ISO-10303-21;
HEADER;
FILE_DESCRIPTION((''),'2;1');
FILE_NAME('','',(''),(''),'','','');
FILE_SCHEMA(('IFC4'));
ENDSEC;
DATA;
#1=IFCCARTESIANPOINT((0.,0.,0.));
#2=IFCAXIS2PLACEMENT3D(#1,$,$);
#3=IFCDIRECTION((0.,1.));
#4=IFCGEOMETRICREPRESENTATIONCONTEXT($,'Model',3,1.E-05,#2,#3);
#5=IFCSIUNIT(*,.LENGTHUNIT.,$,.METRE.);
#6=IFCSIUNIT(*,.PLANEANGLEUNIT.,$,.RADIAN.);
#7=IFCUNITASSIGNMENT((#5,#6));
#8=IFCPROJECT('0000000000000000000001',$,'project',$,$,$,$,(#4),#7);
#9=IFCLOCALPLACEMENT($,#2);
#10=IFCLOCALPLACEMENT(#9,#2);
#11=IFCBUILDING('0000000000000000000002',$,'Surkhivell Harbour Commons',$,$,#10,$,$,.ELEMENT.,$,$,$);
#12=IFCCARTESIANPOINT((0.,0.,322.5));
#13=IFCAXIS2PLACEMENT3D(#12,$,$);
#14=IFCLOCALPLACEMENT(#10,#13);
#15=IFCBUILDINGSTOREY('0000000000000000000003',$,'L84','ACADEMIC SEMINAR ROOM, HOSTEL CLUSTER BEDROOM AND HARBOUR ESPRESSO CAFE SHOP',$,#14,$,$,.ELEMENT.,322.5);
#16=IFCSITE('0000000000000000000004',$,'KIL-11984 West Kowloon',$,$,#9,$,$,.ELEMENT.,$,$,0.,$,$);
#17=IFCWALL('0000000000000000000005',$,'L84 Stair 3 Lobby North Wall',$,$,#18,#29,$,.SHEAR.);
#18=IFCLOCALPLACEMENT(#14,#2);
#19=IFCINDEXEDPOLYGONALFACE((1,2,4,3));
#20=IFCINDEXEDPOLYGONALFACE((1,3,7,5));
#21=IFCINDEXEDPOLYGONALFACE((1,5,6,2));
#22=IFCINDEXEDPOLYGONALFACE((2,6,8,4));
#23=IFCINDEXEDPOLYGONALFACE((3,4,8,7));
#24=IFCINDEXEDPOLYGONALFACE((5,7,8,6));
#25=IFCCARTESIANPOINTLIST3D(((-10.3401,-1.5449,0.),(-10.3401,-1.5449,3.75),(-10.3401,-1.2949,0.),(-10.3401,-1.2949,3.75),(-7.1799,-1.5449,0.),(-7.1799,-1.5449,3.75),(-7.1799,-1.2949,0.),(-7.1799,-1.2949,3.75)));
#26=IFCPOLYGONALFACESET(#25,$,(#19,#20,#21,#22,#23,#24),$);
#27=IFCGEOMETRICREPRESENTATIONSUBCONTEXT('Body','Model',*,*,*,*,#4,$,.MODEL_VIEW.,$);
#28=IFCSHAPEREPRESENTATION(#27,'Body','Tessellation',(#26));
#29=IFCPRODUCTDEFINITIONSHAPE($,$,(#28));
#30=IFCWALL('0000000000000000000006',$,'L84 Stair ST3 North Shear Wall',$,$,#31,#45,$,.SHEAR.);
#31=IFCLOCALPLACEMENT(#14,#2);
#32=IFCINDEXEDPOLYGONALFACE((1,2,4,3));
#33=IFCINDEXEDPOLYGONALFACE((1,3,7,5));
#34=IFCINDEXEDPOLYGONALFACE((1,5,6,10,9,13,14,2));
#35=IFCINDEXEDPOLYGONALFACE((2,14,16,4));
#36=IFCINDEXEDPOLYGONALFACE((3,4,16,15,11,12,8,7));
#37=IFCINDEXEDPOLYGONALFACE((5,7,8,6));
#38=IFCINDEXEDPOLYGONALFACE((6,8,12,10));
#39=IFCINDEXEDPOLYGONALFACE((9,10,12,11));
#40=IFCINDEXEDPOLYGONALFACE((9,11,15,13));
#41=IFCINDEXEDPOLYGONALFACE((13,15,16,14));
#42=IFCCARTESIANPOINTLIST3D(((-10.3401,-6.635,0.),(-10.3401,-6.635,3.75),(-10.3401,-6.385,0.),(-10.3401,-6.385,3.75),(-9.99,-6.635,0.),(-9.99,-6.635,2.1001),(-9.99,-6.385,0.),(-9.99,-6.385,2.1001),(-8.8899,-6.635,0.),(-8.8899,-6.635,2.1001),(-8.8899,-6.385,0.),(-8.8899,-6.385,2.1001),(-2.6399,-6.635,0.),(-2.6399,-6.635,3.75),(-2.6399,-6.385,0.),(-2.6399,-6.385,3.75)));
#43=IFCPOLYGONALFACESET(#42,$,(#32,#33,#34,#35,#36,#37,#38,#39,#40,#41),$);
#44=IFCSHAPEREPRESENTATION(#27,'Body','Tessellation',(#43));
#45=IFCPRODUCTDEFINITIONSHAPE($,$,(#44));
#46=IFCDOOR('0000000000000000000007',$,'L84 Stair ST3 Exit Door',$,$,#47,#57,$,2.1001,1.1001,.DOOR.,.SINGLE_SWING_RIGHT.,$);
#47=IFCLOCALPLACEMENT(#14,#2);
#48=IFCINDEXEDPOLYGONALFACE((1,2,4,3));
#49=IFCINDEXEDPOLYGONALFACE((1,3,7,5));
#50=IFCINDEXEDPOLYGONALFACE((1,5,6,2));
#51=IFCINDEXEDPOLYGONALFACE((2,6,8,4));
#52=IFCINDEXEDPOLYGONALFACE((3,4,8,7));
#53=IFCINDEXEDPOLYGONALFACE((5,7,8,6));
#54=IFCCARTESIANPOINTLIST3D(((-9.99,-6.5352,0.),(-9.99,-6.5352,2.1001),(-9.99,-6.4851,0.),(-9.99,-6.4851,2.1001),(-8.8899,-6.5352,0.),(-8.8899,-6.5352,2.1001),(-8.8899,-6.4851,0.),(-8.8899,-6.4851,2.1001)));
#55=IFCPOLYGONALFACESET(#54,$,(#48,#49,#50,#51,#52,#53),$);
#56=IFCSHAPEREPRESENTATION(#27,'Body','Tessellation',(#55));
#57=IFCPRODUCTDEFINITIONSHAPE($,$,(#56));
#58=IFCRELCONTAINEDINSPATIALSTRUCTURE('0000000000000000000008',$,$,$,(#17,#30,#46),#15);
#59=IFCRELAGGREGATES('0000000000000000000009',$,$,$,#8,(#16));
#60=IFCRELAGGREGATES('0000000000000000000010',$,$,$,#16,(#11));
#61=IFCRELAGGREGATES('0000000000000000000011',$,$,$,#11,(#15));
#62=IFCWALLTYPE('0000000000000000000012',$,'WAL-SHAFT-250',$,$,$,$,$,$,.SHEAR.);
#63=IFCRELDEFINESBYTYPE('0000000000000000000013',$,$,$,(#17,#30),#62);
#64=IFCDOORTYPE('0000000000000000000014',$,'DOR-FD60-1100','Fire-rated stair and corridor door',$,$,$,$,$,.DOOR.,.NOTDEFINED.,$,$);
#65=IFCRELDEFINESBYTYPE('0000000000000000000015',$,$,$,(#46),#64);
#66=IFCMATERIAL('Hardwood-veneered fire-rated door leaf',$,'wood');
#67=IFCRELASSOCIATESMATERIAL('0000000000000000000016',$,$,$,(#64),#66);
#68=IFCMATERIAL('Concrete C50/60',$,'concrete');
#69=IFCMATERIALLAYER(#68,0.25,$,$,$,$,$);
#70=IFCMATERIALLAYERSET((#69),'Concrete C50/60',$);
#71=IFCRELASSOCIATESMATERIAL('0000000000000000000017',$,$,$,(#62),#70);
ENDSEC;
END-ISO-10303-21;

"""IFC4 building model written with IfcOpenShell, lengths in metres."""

from ifc_helpers import new_model, si_unit, direction, frame, frame_2d, origin, place, context, subcontext, project, spatial, rectangle, extrude, material, layer, layer_set, type_object, element, fill, save


model = new_model("IFC4")

# Units and contexts
model_context = context("Model", 3, precision=1e-05, world=origin(), true_north=direction((0.0, 1.0)))
body_context = subcontext(model_context, "Body", "Model", "MODEL_VIEW")
ifc_project = project(units=[si_unit("LENGTHUNIT", "METRE"), si_unit("PLANEANGLEUNIT", "RADIAN")], contexts=[model_context])

# Site, building, storey
site_placement = place(None, origin())
site = spatial("IfcSite", under=ifc_project, at=site_placement, Name="KIL-11984 West Kowloon", CompositionType="ELEMENT", RefElevation=0.0)
building_placement = place(site_placement, origin())
building = spatial("IfcBuilding", under=site, at=building_placement, Name="Surkhivell Harbour Commons", CompositionType="ELEMENT")
storey_placement = place(building_placement, frame((0.0, 0.0, 322.5)))
storey = spatial("IfcBuildingStorey", under=building, at=storey_placement, Name="L84", Description="ACADEMIC SEMINAR ROOM, HOSTEL CLUSTER BEDROOM AND HARBOUR ESPRESSO CAFE SHOP", CompositionType="ELEMENT", Elevation=322.5)

# Shared definitions
ifc_material_1 = material(Name="Concrete C50/60", Category="concrete")
ifc_material_2 = material(Name="Hardwood-veneered fire-rated door leaf", Category="wood")
door_type_1 = type_object("IfcDoorType", Name="DOR-FD60-1100", Description="Fire-rated stair and corridor door", OperationType="NOTDEFINED", PredefinedType="DOOR", material=ifc_material_2)

# Wall
ifc_layer_1 = layer(ifc_material_1, 0.25)
ifc_layer_set_1 = layer_set([ifc_layer_1], Name="Concrete C50/60")
wall_type_1 = type_object("IfcWallType", Name="WAL-SHAFT-250", PredefinedType="SHEAR", material=ifc_layer_set_1)
wall_1_placement = place(storey_placement, frame((-10.3401, -1.4199, 0.0), z_axis=(0.0, 0.0, 1.0), x_axis=(1.0, 0.0, 0.0)))
element("IfcWall", 1, at=wall_1_placement, inside=storey, type_object=wall_type_1, Name="L84 Stair 3 Lobby North Wall", PredefinedType="SHEAR", context=body_context, shape_type="SweptSolid", body=[
    extrude(rectangle(XDim=3.1602, YDim=0.25, at=frame_2d((1.5801, 0.0))), origin(), (0.0, 0.0, 1.0), 3.75),
])

# Wall, opening, door
wall_2_placement = place(storey_placement, frame((-10.3401, -6.51, 0.0), z_axis=(0.0, 0.0, 1.0), x_axis=(1.0, 0.0, 0.0)))
wall_2 = element("IfcWall", 2, at=wall_2_placement, inside=storey, type_object=wall_type_1, Name="L84 Stair ST3 North Shear Wall", PredefinedType="SHEAR", context=body_context, shape_type="SweptSolid", body=[
    extrude(rectangle(XDim=7.7002, YDim=0.25, at=frame_2d((3.8501, 0.0))), origin(), (0.0, 0.0, 1.0), 3.75),
])
opening_1_placement = place(wall_2_placement, frame((0.3501, 0.0, 0.0)))
opening_1 = element("IfcOpeningElement", 3, at=opening_1_placement, cuts=wall_2, PredefinedType="OPENING", context=body_context, shape_type="SweptSolid", body=[
    extrude(rectangle(XDim=1.1001, YDim=2.1001, at=frame_2d((0.55, 1.05))), frame((0.0, 0.135, 0.0), z_axis=(0.0, -1.0, 0.0), x_axis=(1.0, 0.0, 0.0)), (0.0, 0.0, 1.0), 0.27),
])
door_1_placement = place(opening_1_placement, origin())
door_1 = element("IfcDoor", 4, at=door_1_placement, inside=storey, type_object=door_type_1, Name="L84 Stair ST3 Exit Door", OperationType="SINGLE_SWING_RIGHT", OverallHeight=2.1001, OverallWidth=1.1001, PredefinedType="DOOR", context=body_context, shape_type="SweptSolid", body=[
    extrude(rectangle(XDim=1.1001, YDim=2.1001, at=frame_2d((0.55, 1.05))), frame((0.0, 0.0249, 0.0), z_axis=(0.0, -1.0, 0.0), x_axis=(1.0, 0.0, 0.0)), (0.0, 0.0, 1.0), 0.05),
])
fill(opening_1, door_1)

save(model, "model.ifc")
